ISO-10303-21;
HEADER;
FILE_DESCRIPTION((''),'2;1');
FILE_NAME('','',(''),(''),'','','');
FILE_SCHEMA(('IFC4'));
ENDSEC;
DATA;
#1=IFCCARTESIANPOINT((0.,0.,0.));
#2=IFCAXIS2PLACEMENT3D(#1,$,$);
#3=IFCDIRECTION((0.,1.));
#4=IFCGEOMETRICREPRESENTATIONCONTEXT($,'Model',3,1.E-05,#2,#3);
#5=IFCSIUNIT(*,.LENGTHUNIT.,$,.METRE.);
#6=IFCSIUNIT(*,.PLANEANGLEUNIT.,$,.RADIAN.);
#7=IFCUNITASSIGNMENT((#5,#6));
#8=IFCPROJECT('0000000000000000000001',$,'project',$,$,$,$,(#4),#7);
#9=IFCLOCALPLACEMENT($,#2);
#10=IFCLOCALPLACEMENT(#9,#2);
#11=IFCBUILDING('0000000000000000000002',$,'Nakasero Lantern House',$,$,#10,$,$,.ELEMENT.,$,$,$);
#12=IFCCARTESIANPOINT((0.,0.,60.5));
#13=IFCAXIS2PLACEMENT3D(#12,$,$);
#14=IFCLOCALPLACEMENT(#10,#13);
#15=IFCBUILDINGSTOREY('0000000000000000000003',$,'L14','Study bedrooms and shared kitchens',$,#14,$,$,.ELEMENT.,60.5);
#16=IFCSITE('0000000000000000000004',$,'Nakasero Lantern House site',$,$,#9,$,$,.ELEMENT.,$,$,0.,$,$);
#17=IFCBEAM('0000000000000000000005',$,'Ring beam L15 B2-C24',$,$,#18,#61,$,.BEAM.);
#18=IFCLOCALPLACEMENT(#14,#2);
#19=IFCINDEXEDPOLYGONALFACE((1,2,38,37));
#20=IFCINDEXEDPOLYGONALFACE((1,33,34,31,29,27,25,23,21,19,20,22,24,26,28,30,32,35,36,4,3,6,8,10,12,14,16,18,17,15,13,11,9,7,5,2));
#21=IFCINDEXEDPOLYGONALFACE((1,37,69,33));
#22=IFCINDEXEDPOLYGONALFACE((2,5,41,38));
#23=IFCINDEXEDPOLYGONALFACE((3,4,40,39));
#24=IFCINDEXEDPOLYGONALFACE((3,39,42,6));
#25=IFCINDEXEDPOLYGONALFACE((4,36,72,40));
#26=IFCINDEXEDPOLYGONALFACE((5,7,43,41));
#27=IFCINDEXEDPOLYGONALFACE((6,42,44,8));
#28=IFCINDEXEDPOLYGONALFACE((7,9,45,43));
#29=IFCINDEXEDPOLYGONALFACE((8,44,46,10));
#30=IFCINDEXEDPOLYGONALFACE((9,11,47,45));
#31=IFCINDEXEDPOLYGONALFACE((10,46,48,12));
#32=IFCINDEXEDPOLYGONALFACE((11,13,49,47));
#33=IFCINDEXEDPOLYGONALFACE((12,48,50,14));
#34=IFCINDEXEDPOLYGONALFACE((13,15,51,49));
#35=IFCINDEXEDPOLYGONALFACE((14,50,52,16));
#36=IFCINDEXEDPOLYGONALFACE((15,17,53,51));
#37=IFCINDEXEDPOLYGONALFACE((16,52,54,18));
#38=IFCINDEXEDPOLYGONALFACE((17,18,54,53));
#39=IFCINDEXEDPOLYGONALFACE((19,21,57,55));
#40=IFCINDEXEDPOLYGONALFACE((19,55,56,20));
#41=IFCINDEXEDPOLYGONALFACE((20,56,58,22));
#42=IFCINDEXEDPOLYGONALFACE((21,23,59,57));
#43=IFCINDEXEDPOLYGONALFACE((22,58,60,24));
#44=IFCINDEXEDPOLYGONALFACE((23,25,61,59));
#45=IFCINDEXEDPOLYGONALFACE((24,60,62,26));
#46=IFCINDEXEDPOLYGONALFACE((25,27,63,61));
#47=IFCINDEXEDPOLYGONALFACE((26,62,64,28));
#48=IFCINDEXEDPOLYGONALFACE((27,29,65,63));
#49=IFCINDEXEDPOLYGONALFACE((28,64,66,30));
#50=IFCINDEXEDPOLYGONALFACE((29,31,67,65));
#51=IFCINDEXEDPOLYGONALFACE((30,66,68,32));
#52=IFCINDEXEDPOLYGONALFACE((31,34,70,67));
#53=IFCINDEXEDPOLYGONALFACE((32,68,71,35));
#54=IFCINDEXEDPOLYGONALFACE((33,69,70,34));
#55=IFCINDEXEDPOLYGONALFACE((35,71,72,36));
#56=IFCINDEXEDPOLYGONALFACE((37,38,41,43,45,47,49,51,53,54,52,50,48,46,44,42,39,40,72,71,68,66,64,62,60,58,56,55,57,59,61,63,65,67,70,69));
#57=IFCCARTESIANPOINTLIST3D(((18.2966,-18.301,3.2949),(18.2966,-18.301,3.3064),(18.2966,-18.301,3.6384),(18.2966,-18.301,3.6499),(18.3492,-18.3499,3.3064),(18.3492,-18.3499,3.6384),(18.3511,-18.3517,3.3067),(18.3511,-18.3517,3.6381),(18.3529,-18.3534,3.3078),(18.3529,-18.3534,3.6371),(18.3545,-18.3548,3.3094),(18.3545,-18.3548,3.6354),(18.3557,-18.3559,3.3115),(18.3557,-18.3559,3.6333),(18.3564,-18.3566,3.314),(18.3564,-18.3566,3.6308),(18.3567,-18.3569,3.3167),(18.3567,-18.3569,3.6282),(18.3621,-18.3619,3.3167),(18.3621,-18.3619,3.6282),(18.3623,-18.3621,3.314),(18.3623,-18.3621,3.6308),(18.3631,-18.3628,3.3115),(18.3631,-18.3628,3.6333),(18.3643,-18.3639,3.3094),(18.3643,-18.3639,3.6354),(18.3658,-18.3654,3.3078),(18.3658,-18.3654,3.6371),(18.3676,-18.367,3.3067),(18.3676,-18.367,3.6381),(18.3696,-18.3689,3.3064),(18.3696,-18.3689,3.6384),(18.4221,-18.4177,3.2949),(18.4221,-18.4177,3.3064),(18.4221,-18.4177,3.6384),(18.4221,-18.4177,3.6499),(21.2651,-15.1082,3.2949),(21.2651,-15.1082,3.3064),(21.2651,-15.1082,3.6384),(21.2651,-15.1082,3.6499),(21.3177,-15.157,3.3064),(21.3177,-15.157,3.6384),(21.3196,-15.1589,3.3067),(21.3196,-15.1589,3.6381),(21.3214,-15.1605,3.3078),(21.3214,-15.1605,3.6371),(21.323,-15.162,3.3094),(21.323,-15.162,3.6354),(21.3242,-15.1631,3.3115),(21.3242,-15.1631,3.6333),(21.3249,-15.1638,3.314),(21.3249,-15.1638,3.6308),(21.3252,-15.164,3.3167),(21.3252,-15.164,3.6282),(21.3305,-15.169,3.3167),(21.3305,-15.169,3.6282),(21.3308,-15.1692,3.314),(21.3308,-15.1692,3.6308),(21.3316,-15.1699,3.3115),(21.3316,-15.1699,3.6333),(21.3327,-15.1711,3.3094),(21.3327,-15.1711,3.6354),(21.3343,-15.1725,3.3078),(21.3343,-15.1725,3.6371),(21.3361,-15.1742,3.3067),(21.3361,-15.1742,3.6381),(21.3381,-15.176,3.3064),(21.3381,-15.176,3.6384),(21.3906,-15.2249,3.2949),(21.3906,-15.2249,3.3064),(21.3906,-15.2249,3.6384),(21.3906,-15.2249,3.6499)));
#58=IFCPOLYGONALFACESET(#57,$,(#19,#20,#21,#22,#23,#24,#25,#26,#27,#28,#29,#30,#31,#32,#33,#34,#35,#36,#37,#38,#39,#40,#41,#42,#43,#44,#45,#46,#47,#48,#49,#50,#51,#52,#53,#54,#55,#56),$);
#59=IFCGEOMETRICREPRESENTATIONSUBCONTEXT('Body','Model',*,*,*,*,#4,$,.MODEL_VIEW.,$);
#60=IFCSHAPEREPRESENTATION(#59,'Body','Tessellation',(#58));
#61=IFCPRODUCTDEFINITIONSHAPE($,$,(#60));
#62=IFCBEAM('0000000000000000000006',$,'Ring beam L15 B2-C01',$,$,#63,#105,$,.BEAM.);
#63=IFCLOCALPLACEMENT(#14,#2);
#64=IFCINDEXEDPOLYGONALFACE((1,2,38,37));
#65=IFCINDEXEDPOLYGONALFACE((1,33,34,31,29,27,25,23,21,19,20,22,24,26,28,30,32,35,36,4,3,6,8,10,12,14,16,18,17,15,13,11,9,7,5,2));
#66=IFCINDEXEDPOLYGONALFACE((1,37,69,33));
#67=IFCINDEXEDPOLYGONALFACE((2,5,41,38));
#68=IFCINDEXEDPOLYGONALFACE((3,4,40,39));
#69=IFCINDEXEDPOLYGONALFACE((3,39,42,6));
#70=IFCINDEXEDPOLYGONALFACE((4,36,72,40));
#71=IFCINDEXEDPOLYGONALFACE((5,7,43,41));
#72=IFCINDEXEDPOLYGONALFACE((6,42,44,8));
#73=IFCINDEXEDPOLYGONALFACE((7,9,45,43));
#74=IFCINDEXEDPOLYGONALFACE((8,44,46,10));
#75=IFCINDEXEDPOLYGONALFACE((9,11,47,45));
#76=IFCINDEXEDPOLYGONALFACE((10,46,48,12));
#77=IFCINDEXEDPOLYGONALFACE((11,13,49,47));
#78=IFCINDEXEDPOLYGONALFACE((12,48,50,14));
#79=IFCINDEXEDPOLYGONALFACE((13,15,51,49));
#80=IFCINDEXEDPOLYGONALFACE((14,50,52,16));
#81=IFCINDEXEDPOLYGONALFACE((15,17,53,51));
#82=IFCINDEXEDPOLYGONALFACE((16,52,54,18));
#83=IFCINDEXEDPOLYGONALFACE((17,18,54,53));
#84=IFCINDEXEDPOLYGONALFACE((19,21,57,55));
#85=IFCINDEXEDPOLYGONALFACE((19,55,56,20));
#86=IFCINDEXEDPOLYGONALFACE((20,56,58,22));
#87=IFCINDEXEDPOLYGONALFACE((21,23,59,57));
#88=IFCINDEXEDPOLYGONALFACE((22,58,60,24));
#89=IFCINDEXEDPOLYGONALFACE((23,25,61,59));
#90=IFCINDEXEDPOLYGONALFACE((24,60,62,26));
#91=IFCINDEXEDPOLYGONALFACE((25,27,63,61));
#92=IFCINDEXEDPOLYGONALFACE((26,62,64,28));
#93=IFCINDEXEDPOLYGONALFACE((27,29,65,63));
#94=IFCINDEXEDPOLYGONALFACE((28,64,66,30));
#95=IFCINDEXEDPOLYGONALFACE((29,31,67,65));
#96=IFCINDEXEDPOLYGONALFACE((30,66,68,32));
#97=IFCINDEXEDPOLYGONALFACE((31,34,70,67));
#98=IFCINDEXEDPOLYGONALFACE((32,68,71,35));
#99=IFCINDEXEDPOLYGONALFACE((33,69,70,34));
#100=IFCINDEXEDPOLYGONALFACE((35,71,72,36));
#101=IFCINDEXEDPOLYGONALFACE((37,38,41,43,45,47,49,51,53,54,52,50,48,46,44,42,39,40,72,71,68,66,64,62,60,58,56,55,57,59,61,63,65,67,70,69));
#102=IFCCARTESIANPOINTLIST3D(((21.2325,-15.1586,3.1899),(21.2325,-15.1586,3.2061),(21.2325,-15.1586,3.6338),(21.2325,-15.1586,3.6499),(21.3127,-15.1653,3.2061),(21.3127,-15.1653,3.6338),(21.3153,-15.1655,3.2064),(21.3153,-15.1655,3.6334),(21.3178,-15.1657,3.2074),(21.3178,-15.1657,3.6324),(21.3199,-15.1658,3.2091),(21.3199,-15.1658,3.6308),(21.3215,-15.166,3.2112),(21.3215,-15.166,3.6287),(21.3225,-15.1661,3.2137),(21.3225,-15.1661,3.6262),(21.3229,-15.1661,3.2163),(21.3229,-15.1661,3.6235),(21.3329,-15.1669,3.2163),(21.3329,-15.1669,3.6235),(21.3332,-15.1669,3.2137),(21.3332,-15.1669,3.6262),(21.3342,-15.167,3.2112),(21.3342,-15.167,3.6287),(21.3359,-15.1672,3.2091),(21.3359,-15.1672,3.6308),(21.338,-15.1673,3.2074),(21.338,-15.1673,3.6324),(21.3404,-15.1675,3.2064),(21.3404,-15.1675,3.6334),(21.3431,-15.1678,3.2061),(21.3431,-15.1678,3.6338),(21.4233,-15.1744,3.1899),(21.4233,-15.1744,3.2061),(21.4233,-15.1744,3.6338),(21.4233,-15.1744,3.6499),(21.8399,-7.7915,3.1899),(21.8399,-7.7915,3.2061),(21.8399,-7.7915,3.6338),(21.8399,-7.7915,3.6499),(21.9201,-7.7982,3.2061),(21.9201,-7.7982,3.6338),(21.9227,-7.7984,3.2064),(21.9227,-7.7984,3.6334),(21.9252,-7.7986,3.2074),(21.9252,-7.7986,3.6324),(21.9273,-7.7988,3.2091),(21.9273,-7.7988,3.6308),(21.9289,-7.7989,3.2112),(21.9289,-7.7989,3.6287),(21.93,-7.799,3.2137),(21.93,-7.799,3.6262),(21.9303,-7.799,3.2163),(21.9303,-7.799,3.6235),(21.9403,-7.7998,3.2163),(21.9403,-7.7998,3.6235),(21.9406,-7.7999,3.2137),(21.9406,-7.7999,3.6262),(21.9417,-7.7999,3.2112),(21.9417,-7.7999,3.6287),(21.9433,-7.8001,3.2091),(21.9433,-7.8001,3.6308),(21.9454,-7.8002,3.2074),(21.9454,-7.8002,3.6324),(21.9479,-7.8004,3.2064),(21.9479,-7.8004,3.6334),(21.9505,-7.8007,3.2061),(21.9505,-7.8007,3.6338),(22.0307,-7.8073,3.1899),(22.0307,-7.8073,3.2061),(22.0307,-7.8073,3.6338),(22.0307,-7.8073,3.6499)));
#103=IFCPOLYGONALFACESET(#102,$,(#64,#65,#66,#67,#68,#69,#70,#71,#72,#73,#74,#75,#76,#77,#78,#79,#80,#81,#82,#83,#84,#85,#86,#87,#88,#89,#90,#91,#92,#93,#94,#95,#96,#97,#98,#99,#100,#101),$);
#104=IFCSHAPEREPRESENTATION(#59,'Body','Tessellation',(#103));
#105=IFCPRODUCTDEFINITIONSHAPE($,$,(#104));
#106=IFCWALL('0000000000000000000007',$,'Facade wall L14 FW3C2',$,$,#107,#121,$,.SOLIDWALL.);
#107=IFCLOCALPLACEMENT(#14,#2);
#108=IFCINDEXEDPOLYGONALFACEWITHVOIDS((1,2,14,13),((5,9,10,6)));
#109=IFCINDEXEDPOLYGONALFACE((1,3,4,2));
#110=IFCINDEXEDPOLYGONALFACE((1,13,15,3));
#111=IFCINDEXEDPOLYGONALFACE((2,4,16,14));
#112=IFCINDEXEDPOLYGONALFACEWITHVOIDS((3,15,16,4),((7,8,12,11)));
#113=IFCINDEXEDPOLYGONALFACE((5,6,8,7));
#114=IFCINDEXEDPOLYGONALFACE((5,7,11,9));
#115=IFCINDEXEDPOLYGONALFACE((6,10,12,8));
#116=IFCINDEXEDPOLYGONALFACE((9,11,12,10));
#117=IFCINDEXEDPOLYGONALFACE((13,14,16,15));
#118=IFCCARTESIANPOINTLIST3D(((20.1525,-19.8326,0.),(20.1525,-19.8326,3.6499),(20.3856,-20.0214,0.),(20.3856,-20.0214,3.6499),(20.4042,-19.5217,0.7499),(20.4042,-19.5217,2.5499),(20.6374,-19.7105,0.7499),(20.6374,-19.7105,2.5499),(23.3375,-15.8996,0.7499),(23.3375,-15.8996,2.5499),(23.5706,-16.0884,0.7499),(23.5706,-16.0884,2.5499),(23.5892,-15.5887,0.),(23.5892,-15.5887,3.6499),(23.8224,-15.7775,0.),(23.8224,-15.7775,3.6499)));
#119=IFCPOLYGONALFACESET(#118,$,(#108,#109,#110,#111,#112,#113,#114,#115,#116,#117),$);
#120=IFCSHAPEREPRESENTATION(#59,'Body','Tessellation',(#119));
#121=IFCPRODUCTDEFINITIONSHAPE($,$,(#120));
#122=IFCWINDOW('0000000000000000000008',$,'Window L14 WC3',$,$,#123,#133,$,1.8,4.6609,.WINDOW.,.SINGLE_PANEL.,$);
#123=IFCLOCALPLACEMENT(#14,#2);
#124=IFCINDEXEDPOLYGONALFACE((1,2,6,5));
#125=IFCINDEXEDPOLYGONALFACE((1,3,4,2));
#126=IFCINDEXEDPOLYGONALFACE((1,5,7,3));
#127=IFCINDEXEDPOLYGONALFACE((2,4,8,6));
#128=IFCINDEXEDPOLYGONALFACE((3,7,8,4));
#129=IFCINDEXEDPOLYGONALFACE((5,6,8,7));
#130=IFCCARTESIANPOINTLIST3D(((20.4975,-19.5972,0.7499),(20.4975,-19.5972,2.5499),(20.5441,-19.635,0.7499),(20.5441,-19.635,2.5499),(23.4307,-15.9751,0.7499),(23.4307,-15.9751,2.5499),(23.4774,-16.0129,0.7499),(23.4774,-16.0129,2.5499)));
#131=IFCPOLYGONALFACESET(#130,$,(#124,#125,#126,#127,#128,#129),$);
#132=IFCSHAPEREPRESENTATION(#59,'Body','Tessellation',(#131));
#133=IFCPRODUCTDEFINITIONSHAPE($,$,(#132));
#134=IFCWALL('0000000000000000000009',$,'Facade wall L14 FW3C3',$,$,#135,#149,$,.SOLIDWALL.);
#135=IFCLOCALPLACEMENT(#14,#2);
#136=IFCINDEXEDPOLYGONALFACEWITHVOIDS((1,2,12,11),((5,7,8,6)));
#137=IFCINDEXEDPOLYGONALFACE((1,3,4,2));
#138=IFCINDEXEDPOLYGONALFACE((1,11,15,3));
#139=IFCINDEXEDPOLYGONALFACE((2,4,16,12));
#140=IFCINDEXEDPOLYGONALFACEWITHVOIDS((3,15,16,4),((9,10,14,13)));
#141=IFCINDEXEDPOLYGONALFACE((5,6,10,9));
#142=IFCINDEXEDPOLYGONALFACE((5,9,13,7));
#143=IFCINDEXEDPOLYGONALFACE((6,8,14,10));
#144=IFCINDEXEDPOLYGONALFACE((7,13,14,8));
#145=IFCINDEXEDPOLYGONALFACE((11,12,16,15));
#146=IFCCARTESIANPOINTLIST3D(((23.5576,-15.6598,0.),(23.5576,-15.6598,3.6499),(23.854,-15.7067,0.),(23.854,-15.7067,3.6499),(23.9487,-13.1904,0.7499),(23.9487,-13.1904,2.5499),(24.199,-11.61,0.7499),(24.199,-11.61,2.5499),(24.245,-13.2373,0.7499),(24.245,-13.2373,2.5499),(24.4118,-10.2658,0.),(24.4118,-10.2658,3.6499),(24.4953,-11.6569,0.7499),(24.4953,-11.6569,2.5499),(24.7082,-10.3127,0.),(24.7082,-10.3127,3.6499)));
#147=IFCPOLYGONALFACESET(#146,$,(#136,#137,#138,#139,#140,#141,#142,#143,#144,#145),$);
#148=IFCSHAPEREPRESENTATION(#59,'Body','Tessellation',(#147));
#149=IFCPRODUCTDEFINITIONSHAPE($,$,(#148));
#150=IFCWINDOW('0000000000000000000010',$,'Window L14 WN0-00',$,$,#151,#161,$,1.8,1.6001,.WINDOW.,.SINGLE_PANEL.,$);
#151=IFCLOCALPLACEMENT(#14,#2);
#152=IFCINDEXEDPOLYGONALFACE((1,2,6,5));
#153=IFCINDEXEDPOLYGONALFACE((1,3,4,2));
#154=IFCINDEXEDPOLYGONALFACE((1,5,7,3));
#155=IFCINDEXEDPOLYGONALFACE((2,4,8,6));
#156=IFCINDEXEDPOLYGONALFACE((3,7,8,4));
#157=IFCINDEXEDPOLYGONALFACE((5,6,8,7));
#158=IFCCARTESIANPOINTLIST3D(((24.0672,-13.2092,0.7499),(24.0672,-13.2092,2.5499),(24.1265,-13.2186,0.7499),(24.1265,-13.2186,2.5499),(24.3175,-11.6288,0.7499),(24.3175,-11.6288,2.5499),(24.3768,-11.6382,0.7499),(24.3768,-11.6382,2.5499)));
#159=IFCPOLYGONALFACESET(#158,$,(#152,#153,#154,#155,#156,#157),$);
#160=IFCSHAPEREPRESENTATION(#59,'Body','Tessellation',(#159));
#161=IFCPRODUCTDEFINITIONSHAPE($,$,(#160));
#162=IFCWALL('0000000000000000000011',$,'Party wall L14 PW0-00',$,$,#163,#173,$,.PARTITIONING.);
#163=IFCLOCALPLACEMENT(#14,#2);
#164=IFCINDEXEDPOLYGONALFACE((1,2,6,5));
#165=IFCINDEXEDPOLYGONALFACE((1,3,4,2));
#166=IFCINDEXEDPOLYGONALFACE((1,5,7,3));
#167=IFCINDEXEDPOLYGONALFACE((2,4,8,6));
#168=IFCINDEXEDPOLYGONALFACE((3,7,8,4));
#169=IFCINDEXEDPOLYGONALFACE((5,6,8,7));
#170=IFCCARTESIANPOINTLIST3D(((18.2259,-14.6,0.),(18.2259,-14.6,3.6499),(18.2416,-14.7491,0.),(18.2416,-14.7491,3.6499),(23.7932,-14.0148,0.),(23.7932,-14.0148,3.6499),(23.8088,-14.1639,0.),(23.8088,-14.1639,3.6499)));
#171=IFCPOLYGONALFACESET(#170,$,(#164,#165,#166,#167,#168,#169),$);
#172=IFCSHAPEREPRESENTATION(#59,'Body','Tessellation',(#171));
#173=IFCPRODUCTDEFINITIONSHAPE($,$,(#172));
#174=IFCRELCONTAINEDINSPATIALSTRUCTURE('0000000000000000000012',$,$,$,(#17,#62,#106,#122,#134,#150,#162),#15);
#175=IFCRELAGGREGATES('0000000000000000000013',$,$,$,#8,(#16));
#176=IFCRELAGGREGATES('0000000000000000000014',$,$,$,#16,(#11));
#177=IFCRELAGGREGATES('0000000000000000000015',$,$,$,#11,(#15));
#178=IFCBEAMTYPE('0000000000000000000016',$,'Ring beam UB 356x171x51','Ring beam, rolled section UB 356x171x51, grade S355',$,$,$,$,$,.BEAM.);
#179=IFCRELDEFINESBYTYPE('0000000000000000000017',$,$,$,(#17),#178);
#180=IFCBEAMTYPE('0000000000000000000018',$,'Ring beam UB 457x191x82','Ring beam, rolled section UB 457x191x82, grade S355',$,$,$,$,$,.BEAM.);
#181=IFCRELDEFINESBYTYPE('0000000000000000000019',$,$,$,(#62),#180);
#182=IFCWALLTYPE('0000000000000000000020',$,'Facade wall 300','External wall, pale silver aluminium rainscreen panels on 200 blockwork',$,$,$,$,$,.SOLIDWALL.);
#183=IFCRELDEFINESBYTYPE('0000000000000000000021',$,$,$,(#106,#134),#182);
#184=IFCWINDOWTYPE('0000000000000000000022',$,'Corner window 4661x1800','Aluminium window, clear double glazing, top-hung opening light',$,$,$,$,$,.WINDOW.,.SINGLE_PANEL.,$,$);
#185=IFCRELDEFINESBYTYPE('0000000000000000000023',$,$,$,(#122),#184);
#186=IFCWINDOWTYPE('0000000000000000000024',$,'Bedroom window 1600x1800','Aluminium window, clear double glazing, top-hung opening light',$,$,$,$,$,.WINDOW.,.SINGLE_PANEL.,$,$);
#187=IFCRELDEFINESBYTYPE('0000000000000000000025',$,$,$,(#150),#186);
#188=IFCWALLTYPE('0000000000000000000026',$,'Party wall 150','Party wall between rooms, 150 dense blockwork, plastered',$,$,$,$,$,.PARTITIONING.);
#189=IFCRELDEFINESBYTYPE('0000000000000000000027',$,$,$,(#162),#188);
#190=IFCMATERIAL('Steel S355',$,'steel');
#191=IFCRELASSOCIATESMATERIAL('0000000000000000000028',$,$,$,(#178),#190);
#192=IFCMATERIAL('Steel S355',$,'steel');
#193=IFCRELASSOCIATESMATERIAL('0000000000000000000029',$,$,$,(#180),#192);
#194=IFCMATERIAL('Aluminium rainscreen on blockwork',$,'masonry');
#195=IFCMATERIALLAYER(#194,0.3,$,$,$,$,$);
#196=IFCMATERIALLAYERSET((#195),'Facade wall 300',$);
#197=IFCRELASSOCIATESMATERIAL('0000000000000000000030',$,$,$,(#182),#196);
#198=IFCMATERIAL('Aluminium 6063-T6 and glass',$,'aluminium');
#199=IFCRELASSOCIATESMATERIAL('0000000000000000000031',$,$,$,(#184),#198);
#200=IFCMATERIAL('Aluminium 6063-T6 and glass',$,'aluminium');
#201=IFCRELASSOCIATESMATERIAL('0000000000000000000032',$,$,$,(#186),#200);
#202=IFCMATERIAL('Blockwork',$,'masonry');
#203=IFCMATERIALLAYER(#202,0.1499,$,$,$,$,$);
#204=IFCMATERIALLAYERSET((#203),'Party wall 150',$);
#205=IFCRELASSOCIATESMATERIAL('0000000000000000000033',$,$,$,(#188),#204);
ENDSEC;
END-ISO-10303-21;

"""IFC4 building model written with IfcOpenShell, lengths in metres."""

from ifc_helpers import new_model, si_unit, direction, frame, frame_2d, origin, origin_2d, place, context, subcontext, project, spatial, rectangle, i_section, extrude, material, layer, layer_set, material_profile, profile_set, type_object, element, fill, save


model = new_model("IFC4")

# Units and contexts
model_context = context("Model", 3, precision=1e-05, world=origin(), true_north=direction((0.0, 1.0)))
body_context = subcontext(model_context, "Body", "Model", "MODEL_VIEW")
ifc_project = project(units=[si_unit("LENGTHUNIT", "METRE"), si_unit("PLANEANGLEUNIT", "RADIAN")], contexts=[model_context])

# Site, building, storey
site_placement = place(None, origin())
site = spatial("IfcSite", under=ifc_project, at=site_placement, Name="Nakasero Lantern House site", CompositionType="ELEMENT", RefElevation=0.0)
building_placement = place(site_placement, origin())
building = spatial("IfcBuilding", under=site, at=building_placement, Name="Nakasero Lantern House", CompositionType="ELEMENT")
storey_placement = place(building_placement, frame((0.0, 0.0, 60.5)))
storey = spatial("IfcBuildingStorey", under=building, at=storey_placement, Name="L14", Description="Study bedrooms and shared kitchens", CompositionType="ELEMENT", Elevation=60.5)

# Beams
ifc_material_1 = material(Name="Steel S355", Category="steel")
ifc_material_profile_1 = material_profile(ifc_material_1, i_section(OverallWidth=0.1714, OverallDepth=0.355, WebThickness=0.0073, FlangeThickness=0.0115, FilletRadius=0.0103, at=origin_2d()), Name="UB 356x171x51")
ifc_profile_set_1 = profile_set([ifc_material_profile_1], Name="Steel S355")
beam_type_1 = type_object("IfcBeamType", Name="Ring beam UB 356x171x51", Description="Ring beam, rolled section UB 356x171x51, grade S355", PredefinedType="BEAM", material=ifc_profile_set_1)
beam_1_placement = place(storey_placement, frame((18.3594, -18.3594, 3.4724), z_axis=(0.680906, 0.732371, 0.0), x_axis=(-0.732371, 0.680906, 0.0)))
element("IfcBeam", 1, at=beam_1_placement, inside=storey, type_object=beam_type_1, Name="Ring beam L15 B2-C24", PredefinedType="BEAM", context=body_context, shape_type="SweptSolid", body=[
    extrude(i_section(OverallWidth=0.1714, OverallDepth=0.355, WebThickness=0.0073, FlangeThickness=0.0115, FilletRadius=0.0103, at=origin_2d()), origin(), (0.0, 0.0, 1.0), 4.3596),
])
ifc_material_2 = material(Name="Steel S355", Category="steel")
ifc_material_profile_2 = material_profile(ifc_material_2, i_section(OverallWidth=0.1914, OverallDepth=0.46, WebThickness=0.01, FlangeThickness=0.0161, FilletRadius=0.0103, at=origin_2d()), Name="UB 457x191x82")
ifc_profile_set_2 = profile_set([ifc_material_profile_2], Name="Steel S355")
beam_type_2 = type_object("IfcBeamType", Name="Ring beam UB 457x191x82", Description="Ring beam, rolled section UB 457x191x82, grade S355", PredefinedType="BEAM", material=ifc_profile_set_2)
beam_2_placement = place(storey_placement, frame((21.3279, -15.1665, 3.4199), z_axis=(0.082171, 0.996618, 0.0), x_axis=(-0.996618, 0.082171, 0.0)))
element("IfcBeam", 2, at=beam_2_placement, inside=storey, type_object=beam_type_2, Name="Ring beam L15 B2-C01", PredefinedType="BEAM", context=body_context, shape_type="SweptSolid", body=[
    extrude(i_section(OverallWidth=0.1914, OverallDepth=0.46, WebThickness=0.01, FlangeThickness=0.0161, FilletRadius=0.0103, at=origin_2d()), origin(), (0.0, 0.0, 1.0), 7.3921),
])

# Walls, openings, windows
ifc_material_3 = material(Name="Aluminium rainscreen on blockwork", Category="masonry")
ifc_layer_1 = layer(ifc_material_3, 0.3)
ifc_layer_set_1 = layer_set([ifc_layer_1], Name="Facade wall 300")
wall_type_1 = type_object("IfcWallType", Name="Facade wall 300", Description="External wall, pale silver aluminium rainscreen panels on 200 blockwork", PredefinedType="SOLIDWALL", material=ifc_layer_set_1)
wall_1_placement = place(storey_placement, frame((20.269, -19.927, 0.0), z_axis=(0.0, 0.0, 1.0), x_axis=(0.629335, 0.777135, 0.0)))
wall_1 = element("IfcWall", 3, at=wall_1_placement, inside=storey, type_object=wall_type_1, Name="Facade wall L14 FW3C2", PredefinedType="SOLIDWALL", context=body_context, shape_type="SweptSolid", body=[
    extrude(rectangle(XDim=5.4609, YDim=0.3, at=frame_2d((2.7305, 0.0))), origin(), (0.0, 0.0, 1.0), 3.6499),
])
opening_1_placement = place(wall_1_placement, frame((0.3999, 0.0, 0.75)))
opening_1 = element("IfcOpeningElement", 4, at=opening_1_placement, cuts=wall_1, PredefinedType="OPENING", context=body_context, shape_type="SweptSolid", body=[
    extrude(rectangle(XDim=4.6609, YDim=1.8, at=frame_2d((2.3306, 0.8999))), frame((0.0, 0.1699, 0.0), z_axis=(0.0, -1.0, 0.0), x_axis=(1.0, 0.0, 0.0)), (0.0, 0.0, 1.0), 0.3401),
])
ifc_material_4 = material(Name="Aluminium 6063-T6 and glass", Category="aluminium")
window_type_1 = type_object("IfcWindowType", Name="Corner window 4661x1800", Description="Aluminium window, clear double glazing, top-hung opening light", PartitioningType="SINGLE_PANEL", PredefinedType="WINDOW", material=ifc_material_4)
window_1_placement = place(opening_1_placement, origin())
window_1 = element("IfcWindow", 5, at=window_1_placement, inside=storey, type_object=window_type_1, Name="Window L14 WC3", OverallHeight=1.8, OverallWidth=4.6609, PartitioningType="SINGLE_PANEL", PredefinedType="WINDOW", context=body_context, shape_type="SweptSolid", body=[
    extrude(rectangle(XDim=4.6609, YDim=1.8, at=frame_2d((2.3306, 0.8999))), frame((0.0, 0.03, 0.0), z_axis=(0.0, -1.0, 0.0), x_axis=(1.0, 0.0, 0.0)), (0.0, 0.0, 1.0), 0.0601),
])
fill(opening_1, window_1)
wall_2_placement = place(storey_placement, frame((23.7058, -15.6831, 0.0), z_axis=(0.0, 0.0, 1.0), x_axis=(0.156419, 0.987691, 0.0)))
wall_2 = element("IfcWall", 6, at=wall_2_placement, inside=storey, type_object=wall_type_1, Name="Facade wall L14 FW3C3", PredefinedType="SOLIDWALL", context=body_context, shape_type="SweptSolid", body=[
    extrude(rectangle(XDim=5.4612, YDim=0.3, at=frame_2d((2.7305, 0.0))), origin(), (0.0, 0.0, 1.0), 3.6499),
])
opening_2_placement = place(wall_2_placement, frame((2.5, 0.0, 0.75)))
opening_2 = element("IfcOpeningElement", 7, at=opening_2_placement, cuts=wall_2, PredefinedType="OPENING", context=body_context, shape_type="SweptSolid", body=[
    extrude(rectangle(XDim=1.6001, YDim=1.8, at=frame_2d((0.8, 0.8999))), frame((0.0, 0.1699, 0.0), z_axis=(0.0, -1.0, 0.0), x_axis=(1.0, 0.0, 0.0)), (0.0, 0.0, 1.0), 0.3401),
])
ifc_material_5 = material(Name="Aluminium 6063-T6 and glass", Category="aluminium")
window_type_2 = type_object("IfcWindowType", Name="Bedroom window 1600x1800", Description="Aluminium window, clear double glazing, top-hung opening light", PartitioningType="SINGLE_PANEL", PredefinedType="WINDOW", material=ifc_material_5)
window_2_placement = place(opening_2_placement, origin())
window_2 = element("IfcWindow", 8, at=window_2_placement, inside=storey, type_object=window_type_2, Name="Window L14 WN0-00", OverallHeight=1.8, OverallWidth=1.6001, PartitioningType="SINGLE_PANEL", PredefinedType="WINDOW", context=body_context, shape_type="SweptSolid", body=[
    extrude(rectangle(XDim=1.6001, YDim=1.8, at=frame_2d((0.8, 0.8999))), frame((0.0, 0.03, 0.0), z_axis=(0.0, -1.0, 0.0), x_axis=(1.0, 0.0, 0.0)), (0.0, 0.0, 1.0), 0.0601),
])
fill(opening_2, window_2)

# Wall
ifc_material_6 = material(Name="Blockwork", Category="masonry")
ifc_layer_2 = layer(ifc_material_6, 0.1499)
ifc_layer_set_2 = layer_set([ifc_layer_2], Name="Party wall 150")
wall_type_2 = type_object("IfcWallType", Name="Party wall 150", Description="Party wall between rooms, 150 dense blockwork, plastered", PredefinedType="PARTITIONING", material=ifc_layer_set_2)
wall_3_placement = place(storey_placement, frame((18.2339, -14.6746, 0.0), z_axis=(0.0, 0.0, 1.0), x_axis=(0.99452, 0.104542, 0.0)))
element("IfcWall", 9, at=wall_3_placement, inside=storey, type_object=wall_type_2, Name="Party wall L14 PW0-00", PredefinedType="PARTITIONING", context=body_context, shape_type="SweptSolid", body=[
    extrude(rectangle(XDim=5.5979, YDim=0.1499, at=frame_2d((2.7988, 0.0))), origin(), (0.0, 0.0, 1.0), 3.6499),
])

save(model, "model.ifc")
